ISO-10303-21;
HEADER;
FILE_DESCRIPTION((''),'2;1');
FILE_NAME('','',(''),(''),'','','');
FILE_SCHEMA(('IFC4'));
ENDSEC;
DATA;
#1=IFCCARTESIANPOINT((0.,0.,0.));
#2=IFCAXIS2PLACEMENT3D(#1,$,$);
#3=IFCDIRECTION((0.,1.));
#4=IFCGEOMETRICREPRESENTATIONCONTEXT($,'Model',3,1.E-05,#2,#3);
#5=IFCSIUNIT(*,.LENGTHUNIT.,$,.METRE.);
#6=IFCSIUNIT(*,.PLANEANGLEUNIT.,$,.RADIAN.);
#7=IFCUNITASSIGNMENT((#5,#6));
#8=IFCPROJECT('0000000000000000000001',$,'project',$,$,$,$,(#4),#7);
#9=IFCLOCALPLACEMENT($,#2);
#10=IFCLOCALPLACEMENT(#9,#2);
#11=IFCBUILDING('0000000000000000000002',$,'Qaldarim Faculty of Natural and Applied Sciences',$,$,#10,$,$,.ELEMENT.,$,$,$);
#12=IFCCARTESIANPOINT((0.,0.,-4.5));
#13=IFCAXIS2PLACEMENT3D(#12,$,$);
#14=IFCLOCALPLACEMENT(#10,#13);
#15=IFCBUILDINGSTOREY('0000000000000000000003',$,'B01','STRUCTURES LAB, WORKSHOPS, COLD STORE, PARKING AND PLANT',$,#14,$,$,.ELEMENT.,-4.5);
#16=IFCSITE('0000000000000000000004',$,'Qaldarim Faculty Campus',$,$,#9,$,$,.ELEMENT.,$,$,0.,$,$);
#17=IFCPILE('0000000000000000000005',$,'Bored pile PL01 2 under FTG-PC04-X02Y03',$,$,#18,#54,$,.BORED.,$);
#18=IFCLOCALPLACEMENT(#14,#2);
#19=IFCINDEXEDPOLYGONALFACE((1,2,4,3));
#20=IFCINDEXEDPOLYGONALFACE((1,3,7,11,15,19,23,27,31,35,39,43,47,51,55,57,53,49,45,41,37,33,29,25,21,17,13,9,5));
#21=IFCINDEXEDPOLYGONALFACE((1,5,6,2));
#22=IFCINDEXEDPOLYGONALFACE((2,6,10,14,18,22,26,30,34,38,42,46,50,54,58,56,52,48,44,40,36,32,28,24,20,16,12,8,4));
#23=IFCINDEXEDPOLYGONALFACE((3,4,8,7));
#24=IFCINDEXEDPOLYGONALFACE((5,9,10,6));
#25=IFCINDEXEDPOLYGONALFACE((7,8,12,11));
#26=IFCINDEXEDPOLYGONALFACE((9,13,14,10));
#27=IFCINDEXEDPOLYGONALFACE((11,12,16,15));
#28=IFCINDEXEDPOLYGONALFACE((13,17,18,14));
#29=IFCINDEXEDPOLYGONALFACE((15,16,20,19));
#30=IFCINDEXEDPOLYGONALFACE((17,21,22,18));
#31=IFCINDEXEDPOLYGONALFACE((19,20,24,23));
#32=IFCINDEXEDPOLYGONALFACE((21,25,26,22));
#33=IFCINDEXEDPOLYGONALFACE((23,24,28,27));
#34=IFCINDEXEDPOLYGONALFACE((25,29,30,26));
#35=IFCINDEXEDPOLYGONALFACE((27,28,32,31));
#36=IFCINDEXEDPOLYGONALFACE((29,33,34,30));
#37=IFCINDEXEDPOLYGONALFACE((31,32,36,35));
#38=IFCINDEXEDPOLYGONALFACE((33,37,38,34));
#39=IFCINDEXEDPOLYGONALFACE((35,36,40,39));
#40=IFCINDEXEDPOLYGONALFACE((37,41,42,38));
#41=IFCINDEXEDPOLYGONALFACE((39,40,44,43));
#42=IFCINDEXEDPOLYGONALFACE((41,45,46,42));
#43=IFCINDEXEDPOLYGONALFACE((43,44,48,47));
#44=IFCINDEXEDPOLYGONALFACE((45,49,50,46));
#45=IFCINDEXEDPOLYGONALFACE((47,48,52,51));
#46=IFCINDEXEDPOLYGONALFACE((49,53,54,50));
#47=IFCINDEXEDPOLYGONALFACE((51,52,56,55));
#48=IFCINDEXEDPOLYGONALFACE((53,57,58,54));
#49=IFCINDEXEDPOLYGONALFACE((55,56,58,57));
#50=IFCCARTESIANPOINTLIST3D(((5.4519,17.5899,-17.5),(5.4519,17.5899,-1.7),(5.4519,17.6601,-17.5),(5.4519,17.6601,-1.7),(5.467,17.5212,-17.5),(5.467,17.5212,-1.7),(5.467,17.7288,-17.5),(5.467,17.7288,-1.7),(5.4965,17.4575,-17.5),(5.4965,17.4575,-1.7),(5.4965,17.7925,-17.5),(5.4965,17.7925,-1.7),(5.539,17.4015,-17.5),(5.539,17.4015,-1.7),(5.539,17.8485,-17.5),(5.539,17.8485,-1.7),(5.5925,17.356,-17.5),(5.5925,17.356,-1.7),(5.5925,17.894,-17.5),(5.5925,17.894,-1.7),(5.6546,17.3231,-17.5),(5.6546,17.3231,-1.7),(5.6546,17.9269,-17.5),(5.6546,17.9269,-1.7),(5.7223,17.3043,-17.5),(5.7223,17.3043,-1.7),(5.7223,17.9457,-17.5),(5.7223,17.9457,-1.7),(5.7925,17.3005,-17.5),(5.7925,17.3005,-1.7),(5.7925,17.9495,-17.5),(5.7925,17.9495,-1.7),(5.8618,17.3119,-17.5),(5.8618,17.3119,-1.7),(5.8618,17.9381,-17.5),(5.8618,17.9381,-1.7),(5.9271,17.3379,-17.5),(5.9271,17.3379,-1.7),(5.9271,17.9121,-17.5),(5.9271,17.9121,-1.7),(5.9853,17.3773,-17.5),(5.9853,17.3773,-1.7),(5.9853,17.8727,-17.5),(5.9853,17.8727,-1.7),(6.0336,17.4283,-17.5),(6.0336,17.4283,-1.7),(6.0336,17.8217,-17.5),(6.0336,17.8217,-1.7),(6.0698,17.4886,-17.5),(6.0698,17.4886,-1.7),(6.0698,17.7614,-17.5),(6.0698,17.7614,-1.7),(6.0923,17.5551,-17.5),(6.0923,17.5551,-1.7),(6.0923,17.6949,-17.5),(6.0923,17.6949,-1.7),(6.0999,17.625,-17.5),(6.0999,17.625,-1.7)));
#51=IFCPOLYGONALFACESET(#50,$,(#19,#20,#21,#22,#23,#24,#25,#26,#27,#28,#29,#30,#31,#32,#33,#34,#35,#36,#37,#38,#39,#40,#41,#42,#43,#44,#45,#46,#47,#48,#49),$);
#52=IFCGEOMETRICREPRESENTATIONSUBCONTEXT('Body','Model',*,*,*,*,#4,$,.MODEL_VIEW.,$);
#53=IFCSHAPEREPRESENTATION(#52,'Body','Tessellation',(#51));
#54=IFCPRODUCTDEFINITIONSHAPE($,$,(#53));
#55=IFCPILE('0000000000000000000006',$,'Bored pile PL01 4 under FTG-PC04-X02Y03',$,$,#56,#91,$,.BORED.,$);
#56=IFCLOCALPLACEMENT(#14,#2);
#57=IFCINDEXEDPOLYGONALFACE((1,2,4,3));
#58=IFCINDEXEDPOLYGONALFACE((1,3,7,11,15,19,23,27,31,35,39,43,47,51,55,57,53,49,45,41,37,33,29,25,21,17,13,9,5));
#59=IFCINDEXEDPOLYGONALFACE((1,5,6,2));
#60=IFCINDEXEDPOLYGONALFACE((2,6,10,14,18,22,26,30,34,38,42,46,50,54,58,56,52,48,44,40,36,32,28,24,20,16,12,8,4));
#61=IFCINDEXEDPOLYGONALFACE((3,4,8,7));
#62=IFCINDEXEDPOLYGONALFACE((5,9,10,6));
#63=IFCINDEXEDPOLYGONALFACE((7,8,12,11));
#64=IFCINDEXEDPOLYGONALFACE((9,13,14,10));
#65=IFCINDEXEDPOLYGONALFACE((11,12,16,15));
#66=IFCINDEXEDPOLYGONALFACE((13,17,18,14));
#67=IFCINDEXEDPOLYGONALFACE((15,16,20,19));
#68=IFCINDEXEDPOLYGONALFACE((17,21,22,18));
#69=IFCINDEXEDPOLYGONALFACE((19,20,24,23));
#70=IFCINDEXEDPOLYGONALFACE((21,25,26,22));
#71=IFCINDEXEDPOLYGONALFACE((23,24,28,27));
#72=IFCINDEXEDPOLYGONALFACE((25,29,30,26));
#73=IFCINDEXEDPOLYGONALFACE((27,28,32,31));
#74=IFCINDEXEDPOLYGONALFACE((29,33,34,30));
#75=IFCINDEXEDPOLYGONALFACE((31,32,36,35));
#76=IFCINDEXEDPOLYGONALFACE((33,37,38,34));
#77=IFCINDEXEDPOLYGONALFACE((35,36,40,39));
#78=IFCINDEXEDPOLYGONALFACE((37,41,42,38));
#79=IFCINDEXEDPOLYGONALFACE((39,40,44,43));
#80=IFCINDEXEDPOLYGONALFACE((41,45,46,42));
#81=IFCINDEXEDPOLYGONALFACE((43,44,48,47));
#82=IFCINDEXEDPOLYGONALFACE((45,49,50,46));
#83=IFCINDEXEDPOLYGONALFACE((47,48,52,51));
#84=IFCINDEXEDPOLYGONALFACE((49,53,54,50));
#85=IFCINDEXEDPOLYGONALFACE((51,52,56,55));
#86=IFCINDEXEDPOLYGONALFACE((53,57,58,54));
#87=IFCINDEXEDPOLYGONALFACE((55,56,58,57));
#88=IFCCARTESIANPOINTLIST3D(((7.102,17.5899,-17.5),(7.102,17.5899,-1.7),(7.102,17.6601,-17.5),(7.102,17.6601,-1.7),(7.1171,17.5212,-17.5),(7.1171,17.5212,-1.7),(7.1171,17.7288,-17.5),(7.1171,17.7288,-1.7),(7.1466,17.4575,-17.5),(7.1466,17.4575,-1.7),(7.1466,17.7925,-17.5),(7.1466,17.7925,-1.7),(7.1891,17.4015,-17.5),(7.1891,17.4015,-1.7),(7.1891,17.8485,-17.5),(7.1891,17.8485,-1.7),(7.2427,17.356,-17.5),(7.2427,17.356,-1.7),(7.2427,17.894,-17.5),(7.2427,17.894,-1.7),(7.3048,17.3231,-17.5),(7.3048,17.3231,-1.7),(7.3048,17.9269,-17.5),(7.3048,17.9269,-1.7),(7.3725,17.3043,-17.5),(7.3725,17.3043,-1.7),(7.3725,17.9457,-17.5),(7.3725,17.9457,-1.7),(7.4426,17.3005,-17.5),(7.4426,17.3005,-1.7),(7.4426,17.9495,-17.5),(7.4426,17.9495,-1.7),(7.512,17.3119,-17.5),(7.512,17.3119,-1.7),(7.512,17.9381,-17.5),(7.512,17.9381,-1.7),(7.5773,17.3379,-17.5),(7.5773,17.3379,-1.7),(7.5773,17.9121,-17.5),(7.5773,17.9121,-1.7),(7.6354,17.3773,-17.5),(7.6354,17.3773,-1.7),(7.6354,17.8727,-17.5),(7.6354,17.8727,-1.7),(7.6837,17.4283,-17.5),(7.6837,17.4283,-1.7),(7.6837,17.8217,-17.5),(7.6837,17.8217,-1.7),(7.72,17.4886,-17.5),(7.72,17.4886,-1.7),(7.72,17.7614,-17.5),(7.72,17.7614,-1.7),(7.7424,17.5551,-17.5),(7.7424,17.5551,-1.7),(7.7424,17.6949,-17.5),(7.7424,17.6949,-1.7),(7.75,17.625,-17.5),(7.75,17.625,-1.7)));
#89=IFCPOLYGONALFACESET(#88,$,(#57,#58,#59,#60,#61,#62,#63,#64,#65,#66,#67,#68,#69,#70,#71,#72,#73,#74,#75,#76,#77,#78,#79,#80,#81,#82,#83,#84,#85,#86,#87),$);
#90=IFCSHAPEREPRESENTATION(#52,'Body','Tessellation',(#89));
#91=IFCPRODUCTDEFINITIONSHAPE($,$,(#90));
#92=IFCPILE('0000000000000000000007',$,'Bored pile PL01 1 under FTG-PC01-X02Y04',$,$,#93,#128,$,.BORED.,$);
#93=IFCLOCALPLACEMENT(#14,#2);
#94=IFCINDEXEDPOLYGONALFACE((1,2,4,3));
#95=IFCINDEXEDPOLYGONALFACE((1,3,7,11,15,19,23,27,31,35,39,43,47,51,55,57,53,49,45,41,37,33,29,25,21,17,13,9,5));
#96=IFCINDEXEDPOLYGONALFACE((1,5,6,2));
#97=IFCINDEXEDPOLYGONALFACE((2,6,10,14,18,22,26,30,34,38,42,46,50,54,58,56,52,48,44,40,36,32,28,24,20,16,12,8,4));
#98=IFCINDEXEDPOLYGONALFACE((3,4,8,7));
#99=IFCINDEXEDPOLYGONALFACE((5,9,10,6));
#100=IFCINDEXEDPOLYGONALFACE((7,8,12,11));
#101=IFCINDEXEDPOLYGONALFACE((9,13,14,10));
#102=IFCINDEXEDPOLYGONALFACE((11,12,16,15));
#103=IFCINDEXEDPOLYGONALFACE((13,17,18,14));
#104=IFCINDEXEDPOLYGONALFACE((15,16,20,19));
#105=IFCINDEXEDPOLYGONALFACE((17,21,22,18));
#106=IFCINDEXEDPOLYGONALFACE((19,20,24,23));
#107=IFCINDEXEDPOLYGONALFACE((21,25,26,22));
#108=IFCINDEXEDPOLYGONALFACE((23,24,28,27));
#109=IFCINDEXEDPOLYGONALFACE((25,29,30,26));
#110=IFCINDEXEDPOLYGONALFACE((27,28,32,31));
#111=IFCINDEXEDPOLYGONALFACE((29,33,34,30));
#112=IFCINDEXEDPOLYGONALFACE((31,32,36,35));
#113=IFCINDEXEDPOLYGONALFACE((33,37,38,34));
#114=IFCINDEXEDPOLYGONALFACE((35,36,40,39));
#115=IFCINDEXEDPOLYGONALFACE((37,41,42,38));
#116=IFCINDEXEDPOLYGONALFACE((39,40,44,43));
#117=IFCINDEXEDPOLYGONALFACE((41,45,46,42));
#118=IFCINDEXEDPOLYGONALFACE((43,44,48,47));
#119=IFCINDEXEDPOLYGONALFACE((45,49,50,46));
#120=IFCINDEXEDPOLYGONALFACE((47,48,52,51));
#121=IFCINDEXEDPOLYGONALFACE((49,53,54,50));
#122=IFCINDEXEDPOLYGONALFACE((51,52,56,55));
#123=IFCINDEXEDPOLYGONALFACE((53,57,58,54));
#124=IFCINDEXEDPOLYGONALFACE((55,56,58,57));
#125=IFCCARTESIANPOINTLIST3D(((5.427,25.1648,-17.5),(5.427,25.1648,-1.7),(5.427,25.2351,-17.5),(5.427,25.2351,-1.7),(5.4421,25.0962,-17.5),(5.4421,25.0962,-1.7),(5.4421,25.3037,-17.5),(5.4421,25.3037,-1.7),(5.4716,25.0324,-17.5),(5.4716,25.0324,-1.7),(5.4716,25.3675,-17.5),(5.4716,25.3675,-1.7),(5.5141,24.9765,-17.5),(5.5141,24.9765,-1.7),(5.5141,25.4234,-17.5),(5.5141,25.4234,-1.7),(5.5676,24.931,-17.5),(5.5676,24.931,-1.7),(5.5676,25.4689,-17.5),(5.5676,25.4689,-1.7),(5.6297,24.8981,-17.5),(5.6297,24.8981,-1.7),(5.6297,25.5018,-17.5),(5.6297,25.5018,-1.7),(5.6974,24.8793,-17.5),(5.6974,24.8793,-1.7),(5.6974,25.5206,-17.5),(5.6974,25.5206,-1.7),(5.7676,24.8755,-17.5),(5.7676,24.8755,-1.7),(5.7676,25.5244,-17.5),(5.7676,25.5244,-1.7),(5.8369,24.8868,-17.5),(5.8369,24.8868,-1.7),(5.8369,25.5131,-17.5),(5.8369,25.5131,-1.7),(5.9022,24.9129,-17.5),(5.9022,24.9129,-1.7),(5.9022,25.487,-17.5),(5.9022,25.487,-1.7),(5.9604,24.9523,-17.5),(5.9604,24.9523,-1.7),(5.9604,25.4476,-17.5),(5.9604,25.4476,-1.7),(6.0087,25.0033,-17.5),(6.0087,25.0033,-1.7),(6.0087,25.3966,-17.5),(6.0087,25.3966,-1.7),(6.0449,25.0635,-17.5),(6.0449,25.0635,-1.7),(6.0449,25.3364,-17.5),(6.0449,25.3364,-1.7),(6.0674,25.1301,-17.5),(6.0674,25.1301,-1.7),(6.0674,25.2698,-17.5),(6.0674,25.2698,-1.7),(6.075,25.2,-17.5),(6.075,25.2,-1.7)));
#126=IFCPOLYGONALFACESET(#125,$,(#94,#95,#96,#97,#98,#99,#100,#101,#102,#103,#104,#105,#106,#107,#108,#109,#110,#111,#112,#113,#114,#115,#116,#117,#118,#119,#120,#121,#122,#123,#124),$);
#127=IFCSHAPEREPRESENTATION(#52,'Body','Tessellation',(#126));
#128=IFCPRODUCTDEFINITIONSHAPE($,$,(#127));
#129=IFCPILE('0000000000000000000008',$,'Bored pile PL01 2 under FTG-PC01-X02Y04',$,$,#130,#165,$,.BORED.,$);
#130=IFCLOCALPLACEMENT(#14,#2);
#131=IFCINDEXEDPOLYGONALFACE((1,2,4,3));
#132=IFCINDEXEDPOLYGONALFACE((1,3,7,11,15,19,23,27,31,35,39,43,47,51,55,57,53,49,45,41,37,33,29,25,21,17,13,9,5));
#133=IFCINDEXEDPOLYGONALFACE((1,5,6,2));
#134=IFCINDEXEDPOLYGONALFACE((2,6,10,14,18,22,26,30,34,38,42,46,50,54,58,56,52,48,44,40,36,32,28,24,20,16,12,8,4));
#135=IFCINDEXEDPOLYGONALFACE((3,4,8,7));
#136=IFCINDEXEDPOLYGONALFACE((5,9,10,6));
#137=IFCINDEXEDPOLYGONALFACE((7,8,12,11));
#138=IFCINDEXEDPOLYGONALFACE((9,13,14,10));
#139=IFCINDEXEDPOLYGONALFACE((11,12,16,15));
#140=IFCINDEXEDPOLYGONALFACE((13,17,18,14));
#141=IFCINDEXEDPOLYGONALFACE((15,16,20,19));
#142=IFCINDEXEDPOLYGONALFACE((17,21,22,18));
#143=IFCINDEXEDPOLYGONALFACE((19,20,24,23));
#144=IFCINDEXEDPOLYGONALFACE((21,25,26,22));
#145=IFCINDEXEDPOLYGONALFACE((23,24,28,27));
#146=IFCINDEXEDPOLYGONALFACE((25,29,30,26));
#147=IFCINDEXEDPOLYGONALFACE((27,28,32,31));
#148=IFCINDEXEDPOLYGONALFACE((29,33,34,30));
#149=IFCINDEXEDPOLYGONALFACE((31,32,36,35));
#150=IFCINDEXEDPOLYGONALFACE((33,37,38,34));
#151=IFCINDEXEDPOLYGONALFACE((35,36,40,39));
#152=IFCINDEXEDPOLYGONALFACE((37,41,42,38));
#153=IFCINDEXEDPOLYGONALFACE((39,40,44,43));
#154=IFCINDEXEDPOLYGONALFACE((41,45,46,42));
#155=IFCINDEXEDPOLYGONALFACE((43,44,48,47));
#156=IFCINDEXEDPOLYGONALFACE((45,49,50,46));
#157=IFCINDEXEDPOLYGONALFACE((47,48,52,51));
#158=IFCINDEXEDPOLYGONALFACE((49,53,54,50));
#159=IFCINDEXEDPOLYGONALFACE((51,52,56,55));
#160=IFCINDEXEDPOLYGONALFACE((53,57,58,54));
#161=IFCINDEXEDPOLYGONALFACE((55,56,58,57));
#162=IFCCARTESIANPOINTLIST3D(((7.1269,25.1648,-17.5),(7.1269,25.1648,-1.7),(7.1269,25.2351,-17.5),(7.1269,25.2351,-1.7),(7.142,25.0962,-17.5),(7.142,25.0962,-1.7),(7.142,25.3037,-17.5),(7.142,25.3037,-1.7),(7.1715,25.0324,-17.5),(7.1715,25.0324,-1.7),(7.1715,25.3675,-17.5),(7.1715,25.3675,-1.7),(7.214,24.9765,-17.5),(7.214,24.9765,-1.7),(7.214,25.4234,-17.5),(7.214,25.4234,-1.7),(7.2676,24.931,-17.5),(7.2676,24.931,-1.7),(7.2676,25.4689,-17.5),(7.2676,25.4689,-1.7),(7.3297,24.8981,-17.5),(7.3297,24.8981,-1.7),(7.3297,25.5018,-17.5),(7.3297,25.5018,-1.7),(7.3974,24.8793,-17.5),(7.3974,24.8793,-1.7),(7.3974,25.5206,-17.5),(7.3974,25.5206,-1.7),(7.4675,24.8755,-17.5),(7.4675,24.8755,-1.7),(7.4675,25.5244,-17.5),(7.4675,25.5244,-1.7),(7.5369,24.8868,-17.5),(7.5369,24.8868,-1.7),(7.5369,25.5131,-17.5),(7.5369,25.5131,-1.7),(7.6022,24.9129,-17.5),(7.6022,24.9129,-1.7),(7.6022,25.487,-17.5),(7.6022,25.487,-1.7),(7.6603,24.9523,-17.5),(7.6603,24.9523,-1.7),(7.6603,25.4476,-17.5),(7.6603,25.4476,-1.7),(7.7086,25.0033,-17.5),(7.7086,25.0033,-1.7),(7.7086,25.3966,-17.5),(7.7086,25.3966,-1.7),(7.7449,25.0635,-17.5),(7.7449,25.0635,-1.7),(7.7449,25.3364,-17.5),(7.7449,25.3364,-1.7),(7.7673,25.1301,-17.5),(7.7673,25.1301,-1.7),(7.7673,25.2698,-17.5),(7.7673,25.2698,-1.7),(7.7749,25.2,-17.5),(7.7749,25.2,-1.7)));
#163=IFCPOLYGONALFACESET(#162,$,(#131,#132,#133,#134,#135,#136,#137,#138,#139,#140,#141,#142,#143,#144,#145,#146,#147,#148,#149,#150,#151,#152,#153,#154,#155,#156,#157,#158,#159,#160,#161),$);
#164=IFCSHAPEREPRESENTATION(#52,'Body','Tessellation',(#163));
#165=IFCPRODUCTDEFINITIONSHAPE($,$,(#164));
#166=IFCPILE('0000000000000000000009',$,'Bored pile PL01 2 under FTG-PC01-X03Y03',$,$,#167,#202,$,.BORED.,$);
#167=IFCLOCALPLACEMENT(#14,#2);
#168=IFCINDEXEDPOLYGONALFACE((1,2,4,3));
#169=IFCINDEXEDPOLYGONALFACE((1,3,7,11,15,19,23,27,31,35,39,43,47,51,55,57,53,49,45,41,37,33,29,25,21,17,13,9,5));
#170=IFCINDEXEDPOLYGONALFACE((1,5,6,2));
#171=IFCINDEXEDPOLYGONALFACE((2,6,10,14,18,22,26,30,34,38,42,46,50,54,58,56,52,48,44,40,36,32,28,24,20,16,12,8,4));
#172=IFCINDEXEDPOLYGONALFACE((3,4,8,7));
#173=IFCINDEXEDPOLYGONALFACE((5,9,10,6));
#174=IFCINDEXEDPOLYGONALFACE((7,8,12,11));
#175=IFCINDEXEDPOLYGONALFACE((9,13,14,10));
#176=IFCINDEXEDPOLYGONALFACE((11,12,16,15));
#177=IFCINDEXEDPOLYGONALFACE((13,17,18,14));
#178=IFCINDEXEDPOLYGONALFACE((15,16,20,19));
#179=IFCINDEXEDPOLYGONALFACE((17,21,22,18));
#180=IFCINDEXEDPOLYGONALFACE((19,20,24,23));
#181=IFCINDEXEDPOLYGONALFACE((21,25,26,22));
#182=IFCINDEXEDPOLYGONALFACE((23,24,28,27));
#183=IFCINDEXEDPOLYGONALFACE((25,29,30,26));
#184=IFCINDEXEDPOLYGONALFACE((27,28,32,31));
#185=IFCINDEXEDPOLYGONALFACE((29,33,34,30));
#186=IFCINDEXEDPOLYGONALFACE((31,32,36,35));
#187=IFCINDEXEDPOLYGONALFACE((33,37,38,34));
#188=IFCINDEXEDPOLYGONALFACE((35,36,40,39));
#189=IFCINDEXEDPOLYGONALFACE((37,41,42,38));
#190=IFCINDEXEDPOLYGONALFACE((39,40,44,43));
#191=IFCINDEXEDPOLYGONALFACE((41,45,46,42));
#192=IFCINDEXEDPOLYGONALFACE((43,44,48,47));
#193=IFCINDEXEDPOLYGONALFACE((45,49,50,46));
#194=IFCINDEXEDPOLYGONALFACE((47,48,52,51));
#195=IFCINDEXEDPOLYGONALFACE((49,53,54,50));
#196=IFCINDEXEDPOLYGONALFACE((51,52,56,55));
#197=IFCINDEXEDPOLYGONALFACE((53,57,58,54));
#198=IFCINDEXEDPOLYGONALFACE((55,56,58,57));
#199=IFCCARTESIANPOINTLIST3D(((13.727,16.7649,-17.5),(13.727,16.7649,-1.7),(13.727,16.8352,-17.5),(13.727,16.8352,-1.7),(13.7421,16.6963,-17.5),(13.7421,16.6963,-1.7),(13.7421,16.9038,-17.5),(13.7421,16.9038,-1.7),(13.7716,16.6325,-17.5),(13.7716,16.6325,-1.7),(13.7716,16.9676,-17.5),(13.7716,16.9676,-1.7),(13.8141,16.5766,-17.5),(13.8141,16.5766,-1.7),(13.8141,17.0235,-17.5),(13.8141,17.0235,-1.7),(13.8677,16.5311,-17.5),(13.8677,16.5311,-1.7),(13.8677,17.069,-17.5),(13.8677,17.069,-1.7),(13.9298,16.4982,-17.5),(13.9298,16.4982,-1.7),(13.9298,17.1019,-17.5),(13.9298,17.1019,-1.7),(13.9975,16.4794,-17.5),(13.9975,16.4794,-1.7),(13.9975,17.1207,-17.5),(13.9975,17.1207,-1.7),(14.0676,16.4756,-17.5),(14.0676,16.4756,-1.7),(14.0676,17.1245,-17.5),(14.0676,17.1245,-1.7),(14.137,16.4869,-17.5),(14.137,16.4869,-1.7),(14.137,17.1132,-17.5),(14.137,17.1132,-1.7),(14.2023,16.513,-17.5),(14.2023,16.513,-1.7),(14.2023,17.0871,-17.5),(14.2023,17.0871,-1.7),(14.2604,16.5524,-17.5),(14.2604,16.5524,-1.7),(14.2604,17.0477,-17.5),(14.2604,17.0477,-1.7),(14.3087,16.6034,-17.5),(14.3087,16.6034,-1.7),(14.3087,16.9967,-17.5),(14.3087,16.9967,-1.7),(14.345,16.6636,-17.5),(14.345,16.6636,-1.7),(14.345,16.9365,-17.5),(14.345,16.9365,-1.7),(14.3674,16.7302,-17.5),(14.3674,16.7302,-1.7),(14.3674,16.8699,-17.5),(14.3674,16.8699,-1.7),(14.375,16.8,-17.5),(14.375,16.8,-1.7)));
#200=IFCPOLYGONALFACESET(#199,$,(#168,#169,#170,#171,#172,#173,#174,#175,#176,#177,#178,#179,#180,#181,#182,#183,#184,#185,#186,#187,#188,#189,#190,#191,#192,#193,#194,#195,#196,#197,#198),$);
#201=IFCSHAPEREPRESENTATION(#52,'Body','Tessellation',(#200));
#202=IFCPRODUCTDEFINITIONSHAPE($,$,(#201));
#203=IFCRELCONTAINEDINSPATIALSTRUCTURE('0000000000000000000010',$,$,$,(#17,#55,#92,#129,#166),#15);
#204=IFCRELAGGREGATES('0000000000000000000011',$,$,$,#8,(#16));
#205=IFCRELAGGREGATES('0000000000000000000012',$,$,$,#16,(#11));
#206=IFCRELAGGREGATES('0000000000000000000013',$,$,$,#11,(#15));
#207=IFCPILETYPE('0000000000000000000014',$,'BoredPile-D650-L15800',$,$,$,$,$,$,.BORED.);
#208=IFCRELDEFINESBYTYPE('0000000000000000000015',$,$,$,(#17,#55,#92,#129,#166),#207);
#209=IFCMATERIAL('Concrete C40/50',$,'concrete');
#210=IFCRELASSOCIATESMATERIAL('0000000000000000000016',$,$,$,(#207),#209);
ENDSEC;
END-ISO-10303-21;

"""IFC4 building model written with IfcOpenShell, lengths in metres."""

from ifc_helpers import new_model, si_unit, direction, frame, origin, origin_2d, place, context, subcontext, project, spatial, circle, extrude, material, material_profile, profile_set, type_object, element, save


model = new_model("IFC4")

# Units and contexts
model_context = context("Model", 3, precision=1e-05, world=origin(), true_north=direction((0.0, 1.0)))
body_context = subcontext(model_context, "Body", "Model", "MODEL_VIEW")
ifc_project = project(units=[si_unit("LENGTHUNIT", "METRE"), si_unit("PLANEANGLEUNIT", "RADIAN")], contexts=[model_context])

# Site, building, storey
site_placement = place(None, origin())
site = spatial("IfcSite", under=ifc_project, at=site_placement, Name="Qaldarim Faculty Campus", CompositionType="ELEMENT", RefElevation=0.0)
building_placement = place(site_placement, origin())
building = spatial("IfcBuilding", under=site, at=building_placement, Name="Qaldarim Faculty of Natural and Applied Sciences", CompositionType="ELEMENT")
storey_placement = place(building_placement, frame((0.0, 0.0, -4.5)))
storey = spatial("IfcBuildingStorey", under=building, at=storey_placement, Name="B01", Description="STRUCTURES LAB, WORKSHOPS, COLD STORE, PARKING AND PLANT", CompositionType="ELEMENT", Elevation=-4.5)

# Piles
ifc_material_1 = material(Name="Concrete C40/50", Category="concrete")
ifc_material_profile_1 = material_profile(ifc_material_1, circle(Radius=0.325, at=origin_2d()), Name="PILE-D650")
ifc_profile_set_1 = profile_set([ifc_material_profile_1], Name="Concrete C40/50")
pile_type_1 = type_object("IfcPileType", Name="BoredPile-D650-L15800", PredefinedType="BORED", material=ifc_profile_set_1)
for number, where, z_axis, x_axis, name in (
    (1, (5.7749, 17.625, -1.7), (0.0, 0.0, -1.0), (1.0, 0.0, 0.0), "Bored pile PL01 2 under FTG-PC04-X02Y03"),
    (2, (7.425, 17.625, -1.7), (0.0, 0.0, -1.0), (1.0, 0.0, 0.0), "Bored pile PL01 4 under FTG-PC04-X02Y03"),
    (3, (5.75, 25.2, -1.7), (0.0, 0.0, -1.0), (1.0, 0.0, 0.0), "Bored pile PL01 1 under FTG-PC01-X02Y04"),
    (4, (7.45, 25.2, -1.7), (0.0, 0.0, -1.0), (1.0, 0.0, 0.0), "Bored pile PL01 2 under FTG-PC01-X02Y04"),
    (5, (14.05, 16.8, -1.7), (0.0, 0.0, -1.0), (1.0, 0.0, 0.0), "Bored pile PL01 2 under FTG-PC01-X03Y03"),
):
    element("IfcPile", number, at=place(storey_placement, frame(where, z_axis=z_axis, x_axis=x_axis)), inside=storey, type_object=pile_type_1, Name=name, PredefinedType="BORED", context=body_context, shape_type="SweptSolid", body=[
        extrude(circle(Radius=0.325, at=origin_2d()), origin(), (0.0, 0.0, 1.0), 15.8),
    ])

save(model, "model.ifc")
